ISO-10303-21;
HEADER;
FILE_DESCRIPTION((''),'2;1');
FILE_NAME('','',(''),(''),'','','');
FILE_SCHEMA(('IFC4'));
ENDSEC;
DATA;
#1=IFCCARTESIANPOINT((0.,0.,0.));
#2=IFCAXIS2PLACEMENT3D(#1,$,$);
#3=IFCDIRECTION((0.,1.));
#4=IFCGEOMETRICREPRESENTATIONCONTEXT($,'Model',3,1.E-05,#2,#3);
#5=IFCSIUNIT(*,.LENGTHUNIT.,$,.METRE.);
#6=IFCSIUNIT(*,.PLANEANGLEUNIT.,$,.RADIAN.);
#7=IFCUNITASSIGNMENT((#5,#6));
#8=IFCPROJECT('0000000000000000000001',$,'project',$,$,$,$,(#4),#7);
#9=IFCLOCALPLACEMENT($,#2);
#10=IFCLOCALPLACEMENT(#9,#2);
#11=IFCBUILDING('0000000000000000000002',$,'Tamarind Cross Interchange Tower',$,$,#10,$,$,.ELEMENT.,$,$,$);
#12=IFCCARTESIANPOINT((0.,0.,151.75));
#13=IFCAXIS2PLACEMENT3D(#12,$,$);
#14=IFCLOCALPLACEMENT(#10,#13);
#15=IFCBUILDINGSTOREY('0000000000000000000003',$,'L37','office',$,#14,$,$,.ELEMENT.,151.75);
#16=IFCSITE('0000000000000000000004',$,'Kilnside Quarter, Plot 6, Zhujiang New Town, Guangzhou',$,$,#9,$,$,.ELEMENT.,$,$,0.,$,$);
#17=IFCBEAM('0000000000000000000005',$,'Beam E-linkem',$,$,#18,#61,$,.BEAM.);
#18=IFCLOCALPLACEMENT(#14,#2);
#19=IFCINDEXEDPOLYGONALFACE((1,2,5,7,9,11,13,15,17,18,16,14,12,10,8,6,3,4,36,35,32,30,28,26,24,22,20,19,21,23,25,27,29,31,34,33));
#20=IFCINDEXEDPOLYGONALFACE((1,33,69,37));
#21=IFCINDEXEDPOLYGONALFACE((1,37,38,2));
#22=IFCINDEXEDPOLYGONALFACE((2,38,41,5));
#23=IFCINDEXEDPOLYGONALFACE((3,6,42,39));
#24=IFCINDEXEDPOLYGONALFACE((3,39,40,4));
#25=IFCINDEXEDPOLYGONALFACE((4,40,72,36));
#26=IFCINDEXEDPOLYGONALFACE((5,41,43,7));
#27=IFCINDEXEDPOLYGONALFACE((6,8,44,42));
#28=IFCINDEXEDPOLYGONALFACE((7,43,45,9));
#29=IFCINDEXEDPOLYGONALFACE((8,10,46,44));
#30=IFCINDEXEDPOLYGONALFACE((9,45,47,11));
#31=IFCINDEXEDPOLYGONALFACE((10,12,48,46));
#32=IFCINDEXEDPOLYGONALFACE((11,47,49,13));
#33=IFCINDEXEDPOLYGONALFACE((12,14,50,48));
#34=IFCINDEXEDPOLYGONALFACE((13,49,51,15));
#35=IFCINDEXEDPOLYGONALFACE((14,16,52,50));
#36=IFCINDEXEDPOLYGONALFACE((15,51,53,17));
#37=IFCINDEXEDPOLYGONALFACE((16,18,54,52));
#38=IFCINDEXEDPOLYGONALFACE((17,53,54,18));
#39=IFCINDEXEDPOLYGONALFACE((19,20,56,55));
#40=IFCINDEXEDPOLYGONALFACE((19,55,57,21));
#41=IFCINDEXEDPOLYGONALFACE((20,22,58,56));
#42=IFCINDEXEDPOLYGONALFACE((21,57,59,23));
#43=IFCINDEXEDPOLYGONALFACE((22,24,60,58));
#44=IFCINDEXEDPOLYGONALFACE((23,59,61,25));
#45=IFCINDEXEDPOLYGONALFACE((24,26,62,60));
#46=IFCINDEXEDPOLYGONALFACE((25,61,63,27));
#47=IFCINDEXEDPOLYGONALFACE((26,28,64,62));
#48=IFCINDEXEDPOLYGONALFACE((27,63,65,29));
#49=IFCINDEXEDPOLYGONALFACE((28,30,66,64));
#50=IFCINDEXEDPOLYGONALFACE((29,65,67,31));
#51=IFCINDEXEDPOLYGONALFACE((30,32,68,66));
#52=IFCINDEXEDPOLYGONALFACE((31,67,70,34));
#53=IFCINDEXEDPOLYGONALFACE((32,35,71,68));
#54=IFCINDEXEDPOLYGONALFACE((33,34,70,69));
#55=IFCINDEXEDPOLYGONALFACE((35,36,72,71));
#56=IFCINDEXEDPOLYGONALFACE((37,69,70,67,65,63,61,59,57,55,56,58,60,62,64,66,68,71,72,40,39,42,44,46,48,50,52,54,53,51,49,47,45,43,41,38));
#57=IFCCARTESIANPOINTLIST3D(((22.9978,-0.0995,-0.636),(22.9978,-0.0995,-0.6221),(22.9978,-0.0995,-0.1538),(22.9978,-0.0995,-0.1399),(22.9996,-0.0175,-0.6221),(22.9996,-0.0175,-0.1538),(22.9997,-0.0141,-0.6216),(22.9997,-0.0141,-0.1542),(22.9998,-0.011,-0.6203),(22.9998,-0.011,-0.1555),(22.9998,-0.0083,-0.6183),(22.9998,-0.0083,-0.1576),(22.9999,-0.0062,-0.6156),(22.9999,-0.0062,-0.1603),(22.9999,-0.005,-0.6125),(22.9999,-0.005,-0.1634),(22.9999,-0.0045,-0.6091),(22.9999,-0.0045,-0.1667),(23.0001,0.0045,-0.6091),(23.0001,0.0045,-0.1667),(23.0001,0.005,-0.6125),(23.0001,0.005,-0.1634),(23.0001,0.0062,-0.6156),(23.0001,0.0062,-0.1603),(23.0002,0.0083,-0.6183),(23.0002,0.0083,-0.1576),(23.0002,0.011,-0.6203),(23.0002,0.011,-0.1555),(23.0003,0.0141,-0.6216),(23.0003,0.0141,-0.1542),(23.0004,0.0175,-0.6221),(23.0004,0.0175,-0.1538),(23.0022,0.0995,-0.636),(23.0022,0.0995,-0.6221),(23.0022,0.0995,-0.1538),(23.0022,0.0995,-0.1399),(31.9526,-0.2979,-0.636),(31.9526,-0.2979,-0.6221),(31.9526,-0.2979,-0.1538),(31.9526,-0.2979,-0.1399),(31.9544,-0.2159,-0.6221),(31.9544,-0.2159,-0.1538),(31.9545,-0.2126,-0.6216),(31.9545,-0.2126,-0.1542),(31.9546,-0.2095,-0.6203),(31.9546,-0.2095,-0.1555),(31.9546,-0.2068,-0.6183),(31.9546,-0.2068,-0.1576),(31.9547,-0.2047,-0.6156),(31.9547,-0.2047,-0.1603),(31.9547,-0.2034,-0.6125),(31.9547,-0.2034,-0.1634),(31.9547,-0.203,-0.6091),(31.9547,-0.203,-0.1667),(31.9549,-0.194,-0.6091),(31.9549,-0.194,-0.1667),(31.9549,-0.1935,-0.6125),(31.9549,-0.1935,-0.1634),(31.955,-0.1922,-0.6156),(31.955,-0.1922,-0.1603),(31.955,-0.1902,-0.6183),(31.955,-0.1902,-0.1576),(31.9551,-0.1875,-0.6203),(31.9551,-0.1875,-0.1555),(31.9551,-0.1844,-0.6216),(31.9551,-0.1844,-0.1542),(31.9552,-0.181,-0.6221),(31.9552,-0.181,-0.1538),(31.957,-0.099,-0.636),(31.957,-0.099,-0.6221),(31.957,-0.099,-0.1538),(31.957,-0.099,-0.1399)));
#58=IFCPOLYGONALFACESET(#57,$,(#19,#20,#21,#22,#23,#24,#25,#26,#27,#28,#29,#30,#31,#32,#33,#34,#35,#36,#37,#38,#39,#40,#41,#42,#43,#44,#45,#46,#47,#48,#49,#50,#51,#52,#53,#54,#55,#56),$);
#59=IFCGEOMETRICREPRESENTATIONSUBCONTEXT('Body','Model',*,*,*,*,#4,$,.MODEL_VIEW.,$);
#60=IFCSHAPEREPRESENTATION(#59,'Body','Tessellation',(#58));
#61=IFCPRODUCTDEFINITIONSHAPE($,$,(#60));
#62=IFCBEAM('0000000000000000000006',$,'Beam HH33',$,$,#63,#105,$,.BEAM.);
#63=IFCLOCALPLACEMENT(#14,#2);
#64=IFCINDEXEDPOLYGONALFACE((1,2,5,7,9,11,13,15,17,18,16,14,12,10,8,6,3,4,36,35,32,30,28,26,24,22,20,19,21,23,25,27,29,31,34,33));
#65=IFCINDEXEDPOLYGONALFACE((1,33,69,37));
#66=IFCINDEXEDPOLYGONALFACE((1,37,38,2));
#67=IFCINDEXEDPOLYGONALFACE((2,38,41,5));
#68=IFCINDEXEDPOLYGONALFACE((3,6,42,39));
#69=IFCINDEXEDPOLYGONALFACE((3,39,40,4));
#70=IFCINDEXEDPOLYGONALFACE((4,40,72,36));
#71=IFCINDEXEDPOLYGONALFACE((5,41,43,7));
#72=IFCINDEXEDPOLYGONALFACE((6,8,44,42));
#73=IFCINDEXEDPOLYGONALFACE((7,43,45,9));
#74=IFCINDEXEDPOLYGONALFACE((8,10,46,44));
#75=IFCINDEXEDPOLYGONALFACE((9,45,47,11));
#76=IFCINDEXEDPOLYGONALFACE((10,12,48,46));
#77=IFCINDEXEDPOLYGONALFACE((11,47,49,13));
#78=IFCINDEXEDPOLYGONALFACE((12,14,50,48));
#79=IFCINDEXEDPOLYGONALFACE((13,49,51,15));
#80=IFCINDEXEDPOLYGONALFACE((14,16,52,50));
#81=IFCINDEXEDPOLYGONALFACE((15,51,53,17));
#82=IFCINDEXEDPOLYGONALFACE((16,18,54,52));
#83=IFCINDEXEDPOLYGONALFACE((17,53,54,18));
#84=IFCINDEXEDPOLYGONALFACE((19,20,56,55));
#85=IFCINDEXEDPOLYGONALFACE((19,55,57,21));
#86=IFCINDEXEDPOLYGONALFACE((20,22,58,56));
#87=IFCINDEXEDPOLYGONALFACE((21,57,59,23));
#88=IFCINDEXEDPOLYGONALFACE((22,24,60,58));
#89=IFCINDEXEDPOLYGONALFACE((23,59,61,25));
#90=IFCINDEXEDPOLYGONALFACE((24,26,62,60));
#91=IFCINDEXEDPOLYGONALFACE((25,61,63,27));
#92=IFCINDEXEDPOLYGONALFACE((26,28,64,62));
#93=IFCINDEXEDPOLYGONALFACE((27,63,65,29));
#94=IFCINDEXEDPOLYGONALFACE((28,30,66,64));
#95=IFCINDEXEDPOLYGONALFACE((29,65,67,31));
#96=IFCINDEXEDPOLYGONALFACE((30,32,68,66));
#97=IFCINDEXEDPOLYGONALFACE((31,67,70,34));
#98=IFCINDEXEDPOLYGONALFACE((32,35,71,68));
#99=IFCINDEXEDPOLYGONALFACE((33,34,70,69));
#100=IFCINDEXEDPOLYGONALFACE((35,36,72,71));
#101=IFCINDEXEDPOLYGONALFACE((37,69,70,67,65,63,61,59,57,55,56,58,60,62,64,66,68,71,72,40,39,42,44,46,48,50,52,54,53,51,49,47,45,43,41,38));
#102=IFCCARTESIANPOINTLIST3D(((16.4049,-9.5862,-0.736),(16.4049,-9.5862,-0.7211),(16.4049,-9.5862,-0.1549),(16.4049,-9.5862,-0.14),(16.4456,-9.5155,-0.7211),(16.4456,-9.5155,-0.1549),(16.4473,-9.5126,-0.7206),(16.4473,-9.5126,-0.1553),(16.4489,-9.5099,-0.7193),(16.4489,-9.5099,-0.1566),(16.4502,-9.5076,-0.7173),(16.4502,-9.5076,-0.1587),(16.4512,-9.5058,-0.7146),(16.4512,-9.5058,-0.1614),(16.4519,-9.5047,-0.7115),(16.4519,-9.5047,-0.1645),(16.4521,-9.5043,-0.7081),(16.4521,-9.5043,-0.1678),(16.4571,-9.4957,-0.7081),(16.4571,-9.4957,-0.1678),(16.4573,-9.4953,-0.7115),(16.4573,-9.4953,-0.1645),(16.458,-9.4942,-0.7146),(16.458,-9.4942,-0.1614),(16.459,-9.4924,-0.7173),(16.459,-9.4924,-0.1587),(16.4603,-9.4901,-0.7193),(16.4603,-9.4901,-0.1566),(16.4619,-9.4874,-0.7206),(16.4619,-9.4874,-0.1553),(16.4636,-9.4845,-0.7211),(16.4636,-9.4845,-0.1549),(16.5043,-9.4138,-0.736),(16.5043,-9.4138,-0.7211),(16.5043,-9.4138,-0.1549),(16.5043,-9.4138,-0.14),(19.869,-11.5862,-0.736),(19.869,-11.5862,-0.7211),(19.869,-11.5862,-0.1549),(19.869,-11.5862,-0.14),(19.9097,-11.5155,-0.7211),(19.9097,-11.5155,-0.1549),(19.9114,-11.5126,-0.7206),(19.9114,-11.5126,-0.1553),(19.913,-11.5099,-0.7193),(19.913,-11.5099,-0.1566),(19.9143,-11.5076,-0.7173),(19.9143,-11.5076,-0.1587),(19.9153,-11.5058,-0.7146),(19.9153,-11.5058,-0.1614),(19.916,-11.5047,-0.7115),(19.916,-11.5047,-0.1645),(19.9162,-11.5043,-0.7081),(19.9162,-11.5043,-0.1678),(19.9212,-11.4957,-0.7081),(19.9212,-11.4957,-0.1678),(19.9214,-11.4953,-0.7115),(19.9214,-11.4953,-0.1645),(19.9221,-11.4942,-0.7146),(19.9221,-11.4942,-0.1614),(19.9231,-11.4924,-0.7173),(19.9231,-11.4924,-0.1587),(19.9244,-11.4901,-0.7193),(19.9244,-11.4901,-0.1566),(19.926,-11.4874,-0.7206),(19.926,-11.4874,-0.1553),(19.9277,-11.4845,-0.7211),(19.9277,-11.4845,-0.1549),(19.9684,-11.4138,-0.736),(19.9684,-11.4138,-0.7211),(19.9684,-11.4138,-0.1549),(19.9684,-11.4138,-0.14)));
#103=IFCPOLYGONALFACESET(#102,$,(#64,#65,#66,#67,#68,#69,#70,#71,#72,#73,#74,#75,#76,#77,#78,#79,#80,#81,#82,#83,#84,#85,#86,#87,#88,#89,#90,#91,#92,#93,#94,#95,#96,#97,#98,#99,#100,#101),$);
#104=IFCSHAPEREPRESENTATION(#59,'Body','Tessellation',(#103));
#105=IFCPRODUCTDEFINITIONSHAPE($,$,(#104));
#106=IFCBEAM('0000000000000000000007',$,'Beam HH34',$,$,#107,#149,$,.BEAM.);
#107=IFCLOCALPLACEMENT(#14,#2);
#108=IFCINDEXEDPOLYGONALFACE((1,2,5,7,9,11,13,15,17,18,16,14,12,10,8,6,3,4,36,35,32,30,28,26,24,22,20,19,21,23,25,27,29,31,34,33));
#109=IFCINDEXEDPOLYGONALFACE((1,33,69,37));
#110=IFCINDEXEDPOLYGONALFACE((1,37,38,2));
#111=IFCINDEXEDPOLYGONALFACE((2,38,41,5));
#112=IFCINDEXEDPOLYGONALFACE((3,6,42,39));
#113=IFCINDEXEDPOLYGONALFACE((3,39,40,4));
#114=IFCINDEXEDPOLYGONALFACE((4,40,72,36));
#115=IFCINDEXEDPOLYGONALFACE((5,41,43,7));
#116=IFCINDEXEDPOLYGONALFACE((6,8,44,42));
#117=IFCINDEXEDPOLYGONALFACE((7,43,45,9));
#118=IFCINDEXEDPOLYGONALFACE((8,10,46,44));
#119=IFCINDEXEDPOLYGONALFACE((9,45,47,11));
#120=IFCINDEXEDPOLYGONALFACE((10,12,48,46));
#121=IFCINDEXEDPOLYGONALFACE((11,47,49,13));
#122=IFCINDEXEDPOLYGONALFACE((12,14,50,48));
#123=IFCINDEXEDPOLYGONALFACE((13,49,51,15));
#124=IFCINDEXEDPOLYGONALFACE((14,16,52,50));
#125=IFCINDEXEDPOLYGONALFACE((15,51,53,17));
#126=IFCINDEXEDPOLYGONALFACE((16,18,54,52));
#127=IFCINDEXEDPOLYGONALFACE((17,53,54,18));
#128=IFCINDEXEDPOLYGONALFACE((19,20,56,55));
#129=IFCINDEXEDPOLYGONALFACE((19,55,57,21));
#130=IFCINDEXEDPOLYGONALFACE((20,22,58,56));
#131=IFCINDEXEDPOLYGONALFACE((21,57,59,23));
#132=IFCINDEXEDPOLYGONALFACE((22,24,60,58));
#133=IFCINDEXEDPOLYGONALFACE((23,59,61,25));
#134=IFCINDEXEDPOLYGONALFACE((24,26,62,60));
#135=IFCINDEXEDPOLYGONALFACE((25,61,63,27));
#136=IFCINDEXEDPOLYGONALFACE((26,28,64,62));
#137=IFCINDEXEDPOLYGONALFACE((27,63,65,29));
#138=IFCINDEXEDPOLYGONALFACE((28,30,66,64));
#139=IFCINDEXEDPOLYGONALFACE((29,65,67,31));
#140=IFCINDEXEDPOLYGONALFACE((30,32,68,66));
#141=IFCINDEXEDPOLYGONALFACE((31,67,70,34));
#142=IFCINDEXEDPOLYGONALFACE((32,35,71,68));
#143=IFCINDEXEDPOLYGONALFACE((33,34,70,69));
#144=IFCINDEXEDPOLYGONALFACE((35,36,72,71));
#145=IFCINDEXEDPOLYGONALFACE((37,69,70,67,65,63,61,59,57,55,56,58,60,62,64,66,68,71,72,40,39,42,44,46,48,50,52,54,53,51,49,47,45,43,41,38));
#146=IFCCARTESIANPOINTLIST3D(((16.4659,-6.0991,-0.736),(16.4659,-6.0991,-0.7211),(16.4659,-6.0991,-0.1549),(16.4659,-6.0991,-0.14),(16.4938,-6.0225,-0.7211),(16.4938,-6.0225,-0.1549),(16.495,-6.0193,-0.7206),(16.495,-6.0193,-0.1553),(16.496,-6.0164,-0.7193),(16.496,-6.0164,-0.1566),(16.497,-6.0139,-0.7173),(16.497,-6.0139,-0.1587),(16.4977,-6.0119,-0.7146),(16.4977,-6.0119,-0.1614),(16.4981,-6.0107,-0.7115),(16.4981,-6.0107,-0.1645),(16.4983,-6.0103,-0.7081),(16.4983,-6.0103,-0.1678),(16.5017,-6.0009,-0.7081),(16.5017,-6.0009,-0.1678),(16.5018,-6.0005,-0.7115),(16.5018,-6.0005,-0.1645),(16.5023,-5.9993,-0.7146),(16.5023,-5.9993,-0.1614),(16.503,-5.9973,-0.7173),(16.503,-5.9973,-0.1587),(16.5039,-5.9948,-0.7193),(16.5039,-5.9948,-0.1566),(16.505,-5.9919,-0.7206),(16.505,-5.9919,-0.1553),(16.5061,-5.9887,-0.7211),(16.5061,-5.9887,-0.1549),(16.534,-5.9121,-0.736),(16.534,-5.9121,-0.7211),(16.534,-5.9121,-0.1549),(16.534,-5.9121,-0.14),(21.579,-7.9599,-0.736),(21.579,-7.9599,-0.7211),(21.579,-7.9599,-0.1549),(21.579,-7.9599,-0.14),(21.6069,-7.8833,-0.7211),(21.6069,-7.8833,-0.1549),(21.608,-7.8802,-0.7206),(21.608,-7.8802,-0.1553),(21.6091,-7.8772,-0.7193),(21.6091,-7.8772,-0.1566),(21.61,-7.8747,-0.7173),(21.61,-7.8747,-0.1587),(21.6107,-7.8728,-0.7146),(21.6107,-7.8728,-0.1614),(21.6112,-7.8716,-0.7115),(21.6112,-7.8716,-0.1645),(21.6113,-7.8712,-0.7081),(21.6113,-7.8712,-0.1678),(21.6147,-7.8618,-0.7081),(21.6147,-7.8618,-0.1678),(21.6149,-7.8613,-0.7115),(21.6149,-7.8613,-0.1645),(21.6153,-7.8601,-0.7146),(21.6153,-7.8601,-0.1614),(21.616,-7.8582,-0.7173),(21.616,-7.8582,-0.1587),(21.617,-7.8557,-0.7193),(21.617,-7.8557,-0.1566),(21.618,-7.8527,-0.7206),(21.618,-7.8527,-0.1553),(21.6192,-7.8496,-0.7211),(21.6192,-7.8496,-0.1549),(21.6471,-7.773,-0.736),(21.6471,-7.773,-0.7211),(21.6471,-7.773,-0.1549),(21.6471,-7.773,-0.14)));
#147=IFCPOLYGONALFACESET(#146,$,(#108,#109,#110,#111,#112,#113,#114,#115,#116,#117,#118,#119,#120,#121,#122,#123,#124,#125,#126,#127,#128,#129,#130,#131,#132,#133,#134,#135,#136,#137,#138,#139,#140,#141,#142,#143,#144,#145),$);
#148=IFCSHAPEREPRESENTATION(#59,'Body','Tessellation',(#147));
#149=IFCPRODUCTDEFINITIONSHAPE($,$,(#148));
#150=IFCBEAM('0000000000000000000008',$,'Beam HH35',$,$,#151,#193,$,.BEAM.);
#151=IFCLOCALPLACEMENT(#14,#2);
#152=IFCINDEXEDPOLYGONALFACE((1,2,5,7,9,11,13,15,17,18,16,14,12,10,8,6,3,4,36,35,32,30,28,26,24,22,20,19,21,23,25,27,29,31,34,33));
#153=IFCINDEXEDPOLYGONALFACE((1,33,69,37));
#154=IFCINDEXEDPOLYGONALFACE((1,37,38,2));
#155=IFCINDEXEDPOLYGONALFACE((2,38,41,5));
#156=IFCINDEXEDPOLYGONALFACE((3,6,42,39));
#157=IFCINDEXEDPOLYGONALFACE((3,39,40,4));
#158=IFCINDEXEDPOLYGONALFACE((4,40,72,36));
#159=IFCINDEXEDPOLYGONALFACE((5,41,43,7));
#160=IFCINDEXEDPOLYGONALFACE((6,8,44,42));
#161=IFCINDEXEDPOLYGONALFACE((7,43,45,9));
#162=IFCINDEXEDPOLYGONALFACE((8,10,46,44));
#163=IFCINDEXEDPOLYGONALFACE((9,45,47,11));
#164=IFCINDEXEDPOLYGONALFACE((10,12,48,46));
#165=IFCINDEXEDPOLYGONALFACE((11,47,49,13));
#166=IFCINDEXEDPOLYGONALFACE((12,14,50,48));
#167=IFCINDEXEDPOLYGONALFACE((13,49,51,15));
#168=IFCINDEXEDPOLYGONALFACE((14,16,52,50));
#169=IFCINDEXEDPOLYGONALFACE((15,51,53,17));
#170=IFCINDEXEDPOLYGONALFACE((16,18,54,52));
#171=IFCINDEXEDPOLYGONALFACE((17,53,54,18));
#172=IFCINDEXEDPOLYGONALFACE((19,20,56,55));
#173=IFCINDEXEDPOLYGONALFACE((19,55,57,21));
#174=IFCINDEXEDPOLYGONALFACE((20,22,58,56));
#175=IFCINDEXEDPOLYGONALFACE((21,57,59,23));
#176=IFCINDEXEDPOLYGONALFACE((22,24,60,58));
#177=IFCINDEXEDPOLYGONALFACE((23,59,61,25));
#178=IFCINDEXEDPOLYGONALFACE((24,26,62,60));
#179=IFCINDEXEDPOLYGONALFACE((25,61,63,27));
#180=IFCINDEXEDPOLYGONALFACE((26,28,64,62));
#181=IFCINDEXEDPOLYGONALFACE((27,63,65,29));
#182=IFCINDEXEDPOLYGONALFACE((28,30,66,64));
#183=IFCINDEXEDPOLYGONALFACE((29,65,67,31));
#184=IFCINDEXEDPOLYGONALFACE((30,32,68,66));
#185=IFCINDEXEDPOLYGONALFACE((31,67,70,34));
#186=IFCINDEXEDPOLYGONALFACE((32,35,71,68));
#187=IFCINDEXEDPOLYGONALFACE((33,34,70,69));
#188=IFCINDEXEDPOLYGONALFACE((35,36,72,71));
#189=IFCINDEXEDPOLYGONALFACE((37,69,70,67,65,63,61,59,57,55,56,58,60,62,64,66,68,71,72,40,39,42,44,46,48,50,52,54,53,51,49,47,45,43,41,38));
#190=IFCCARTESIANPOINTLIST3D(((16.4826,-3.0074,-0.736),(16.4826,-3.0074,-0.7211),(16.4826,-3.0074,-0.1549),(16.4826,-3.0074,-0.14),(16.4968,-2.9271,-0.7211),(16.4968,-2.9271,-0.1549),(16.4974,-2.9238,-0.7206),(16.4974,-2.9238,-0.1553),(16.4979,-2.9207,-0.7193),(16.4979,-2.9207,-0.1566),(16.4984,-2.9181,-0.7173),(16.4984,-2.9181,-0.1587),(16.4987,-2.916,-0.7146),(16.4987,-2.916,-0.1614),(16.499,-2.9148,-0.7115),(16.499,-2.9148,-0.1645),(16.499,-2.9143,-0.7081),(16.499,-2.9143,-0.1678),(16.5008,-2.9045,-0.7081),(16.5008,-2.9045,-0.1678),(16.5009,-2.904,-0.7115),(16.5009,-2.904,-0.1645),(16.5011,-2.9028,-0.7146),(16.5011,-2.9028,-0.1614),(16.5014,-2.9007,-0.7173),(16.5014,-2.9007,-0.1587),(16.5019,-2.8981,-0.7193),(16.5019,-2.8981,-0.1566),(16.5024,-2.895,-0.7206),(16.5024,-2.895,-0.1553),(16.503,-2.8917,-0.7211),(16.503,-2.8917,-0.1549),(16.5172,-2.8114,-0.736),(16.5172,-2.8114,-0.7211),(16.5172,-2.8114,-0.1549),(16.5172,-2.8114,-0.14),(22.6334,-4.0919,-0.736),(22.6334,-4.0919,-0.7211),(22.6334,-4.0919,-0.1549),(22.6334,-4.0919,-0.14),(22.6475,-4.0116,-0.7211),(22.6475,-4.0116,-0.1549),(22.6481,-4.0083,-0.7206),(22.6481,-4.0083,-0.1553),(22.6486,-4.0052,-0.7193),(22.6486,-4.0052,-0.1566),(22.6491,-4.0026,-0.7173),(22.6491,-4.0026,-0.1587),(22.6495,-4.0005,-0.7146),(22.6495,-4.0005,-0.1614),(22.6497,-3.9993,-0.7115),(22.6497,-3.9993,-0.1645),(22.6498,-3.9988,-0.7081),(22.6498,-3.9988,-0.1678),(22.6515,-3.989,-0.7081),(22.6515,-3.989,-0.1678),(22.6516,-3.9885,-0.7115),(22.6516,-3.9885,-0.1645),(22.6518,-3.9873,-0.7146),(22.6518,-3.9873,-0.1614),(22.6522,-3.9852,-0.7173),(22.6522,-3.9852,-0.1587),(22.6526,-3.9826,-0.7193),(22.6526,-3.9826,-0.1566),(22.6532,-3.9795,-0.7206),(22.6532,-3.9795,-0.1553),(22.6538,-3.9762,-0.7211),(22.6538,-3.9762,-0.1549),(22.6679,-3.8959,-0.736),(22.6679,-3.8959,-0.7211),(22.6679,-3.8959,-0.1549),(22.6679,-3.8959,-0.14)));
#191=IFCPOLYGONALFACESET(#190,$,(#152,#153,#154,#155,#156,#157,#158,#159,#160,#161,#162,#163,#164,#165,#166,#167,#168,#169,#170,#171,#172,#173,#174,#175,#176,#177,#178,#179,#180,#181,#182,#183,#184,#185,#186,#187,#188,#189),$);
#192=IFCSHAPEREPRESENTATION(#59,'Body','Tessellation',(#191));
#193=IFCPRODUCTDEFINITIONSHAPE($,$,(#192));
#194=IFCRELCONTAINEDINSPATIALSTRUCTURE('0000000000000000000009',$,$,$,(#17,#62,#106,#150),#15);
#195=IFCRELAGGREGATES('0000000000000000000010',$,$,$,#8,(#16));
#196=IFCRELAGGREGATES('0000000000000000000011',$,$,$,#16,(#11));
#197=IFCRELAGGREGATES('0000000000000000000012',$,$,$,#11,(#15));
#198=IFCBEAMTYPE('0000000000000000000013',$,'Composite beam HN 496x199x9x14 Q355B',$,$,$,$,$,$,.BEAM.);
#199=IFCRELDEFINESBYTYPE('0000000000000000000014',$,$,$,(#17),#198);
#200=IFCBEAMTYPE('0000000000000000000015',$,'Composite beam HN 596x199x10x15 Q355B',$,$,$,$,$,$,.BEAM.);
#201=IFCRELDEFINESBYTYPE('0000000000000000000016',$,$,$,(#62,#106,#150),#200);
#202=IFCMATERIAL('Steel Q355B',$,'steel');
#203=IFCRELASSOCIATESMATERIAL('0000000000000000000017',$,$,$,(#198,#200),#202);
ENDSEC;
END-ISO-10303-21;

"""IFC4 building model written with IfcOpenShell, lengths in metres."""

from ifc_helpers import new_model, si_unit, direction, frame, origin, origin_2d, place, context, subcontext, project, spatial, i_section, extrude, material, material_profile, profile_set, type_object, element, save


model = new_model("IFC4")

# Units and contexts
model_context = context("Model", 3, precision=1e-05, world=origin(), true_north=direction((0.0, 1.0)))
body_context = subcontext(model_context, "Body", "Model", "MODEL_VIEW")
ifc_project = project(units=[si_unit("LENGTHUNIT", "METRE"), si_unit("PLANEANGLEUNIT", "RADIAN")], contexts=[model_context])

# Site, building, storey
site_placement = place(None, origin())
site = spatial("IfcSite", under=ifc_project, at=site_placement, Name="Kilnside Quarter, Plot 6, Zhujiang New Town, Guangzhou", CompositionType="ELEMENT", RefElevation=0.0)
building_placement = place(site_placement, origin())
building = spatial("IfcBuilding", under=site, at=building_placement, Name="Tamarind Cross Interchange Tower", CompositionType="ELEMENT")
storey_placement = place(building_placement, frame((0.0, 0.0, 151.75)))
storey = spatial("IfcBuildingStorey", under=building, at=storey_placement, Name="L37", Description="office", CompositionType="ELEMENT", Elevation=151.75)

# Beams
ifc_material_1 = material(Name="Steel Q355B", Category="steel")
ifc_material_profile_1 = material_profile(ifc_material_1, i_section(OverallWidth=0.199, OverallDepth=0.4961, WebThickness=0.009, FlangeThickness=0.0139, FilletRadius=0.0129, at=origin_2d()), Name="HN 496x199x9x14")
ifc_profile_set_1 = profile_set([ifc_material_profile_1], Name="Steel Q355B")
beam_type_1 = type_object("IfcBeamType", Name="Composite beam HN 496x199x9x14 Q355B", PredefinedType="BEAM", material=ifc_profile_set_1)
beam_1_placement = place(storey_placement, frame((31.9548, -0.1985, -0.3879), z_axis=(-0.999754, 0.02216, 0.0), x_axis=(-0.02216, -0.999754, 0.0)))
element("IfcBeam", 1, at=beam_1_placement, inside=storey, type_object=beam_type_1, Name="Beam E-linkem", PredefinedType="BEAM", context=body_context, shape_type="SweptSolid", body=[
    extrude(i_section(OverallWidth=0.199, OverallDepth=0.4961, WebThickness=0.009, FlangeThickness=0.0139, FilletRadius=0.0129, at=origin_2d()), origin(), (0.0, 0.0, 1.0), 8.957),
])
ifc_material_profile_2 = material_profile(ifc_material_1, i_section(OverallWidth=0.199, OverallDepth=0.5959, WebThickness=0.01, FlangeThickness=0.0149, FilletRadius=0.0129, at=origin_2d()), Name="HN 596x199x10x15")
ifc_profile_set_2 = profile_set([ifc_material_profile_2], Name="Steel Q355B")
beam_type_2 = type_object("IfcBeamType", Name="Composite beam HN 596x199x10x15 Q355B", PredefinedType="BEAM", material=ifc_profile_set_2)
beam_2_placement = place(storey_placement, frame((19.9187, -11.5, -0.438), z_axis=(-0.866026, 0.499999, 0.0), x_axis=(-0.499999, -0.866026, 0.0)))
element("IfcBeam", 2, at=beam_2_placement, inside=storey, type_object=beam_type_2, Name="Beam HH33", PredefinedType="BEAM", context=body_context, shape_type="SweptSolid", body=[
    extrude(i_section(OverallWidth=0.199, OverallDepth=0.5959, WebThickness=0.01, FlangeThickness=0.0149, FilletRadius=0.0129, at=origin_2d()), origin(), (0.0, 0.0, 1.0), 4.0),
])
beam_3_placement = place(storey_placement, frame((21.613, -7.8665, -0.438), z_axis=(-0.939702, 0.341995, 0.0), x_axis=(-0.341995, -0.939702, 0.0)))
element("IfcBeam", 3, at=beam_3_placement, inside=storey, type_object=beam_type_2, Name="Beam HH34", PredefinedType="BEAM", context=body_context, shape_type="SweptSolid", body=[
    extrude(i_section(OverallWidth=0.199, OverallDepth=0.5959, WebThickness=0.01, FlangeThickness=0.0149, FilletRadius=0.0129, at=origin_2d()), origin(), (0.0, 0.0, 1.0), 5.4412),
])
beam_4_placement = place(storey_placement, frame((22.6506, -3.9939, -0.438), z_axis=(-0.984809, 0.17364, 0.0), x_axis=(-0.17364, -0.984809, 0.0)))
element("IfcBeam", 4, at=beam_4_placement, inside=storey, type_object=beam_type_2, Name="Beam HH35", PredefinedType="BEAM", context=body_context, shape_type="SweptSolid", body=[
    extrude(i_section(OverallWidth=0.199, OverallDepth=0.5959, WebThickness=0.01, FlangeThickness=0.0149, FilletRadius=0.0129, at=origin_2d()), origin(), (0.0, 0.0, 1.0), 6.2456),
])

save(model, "model.ifc")
